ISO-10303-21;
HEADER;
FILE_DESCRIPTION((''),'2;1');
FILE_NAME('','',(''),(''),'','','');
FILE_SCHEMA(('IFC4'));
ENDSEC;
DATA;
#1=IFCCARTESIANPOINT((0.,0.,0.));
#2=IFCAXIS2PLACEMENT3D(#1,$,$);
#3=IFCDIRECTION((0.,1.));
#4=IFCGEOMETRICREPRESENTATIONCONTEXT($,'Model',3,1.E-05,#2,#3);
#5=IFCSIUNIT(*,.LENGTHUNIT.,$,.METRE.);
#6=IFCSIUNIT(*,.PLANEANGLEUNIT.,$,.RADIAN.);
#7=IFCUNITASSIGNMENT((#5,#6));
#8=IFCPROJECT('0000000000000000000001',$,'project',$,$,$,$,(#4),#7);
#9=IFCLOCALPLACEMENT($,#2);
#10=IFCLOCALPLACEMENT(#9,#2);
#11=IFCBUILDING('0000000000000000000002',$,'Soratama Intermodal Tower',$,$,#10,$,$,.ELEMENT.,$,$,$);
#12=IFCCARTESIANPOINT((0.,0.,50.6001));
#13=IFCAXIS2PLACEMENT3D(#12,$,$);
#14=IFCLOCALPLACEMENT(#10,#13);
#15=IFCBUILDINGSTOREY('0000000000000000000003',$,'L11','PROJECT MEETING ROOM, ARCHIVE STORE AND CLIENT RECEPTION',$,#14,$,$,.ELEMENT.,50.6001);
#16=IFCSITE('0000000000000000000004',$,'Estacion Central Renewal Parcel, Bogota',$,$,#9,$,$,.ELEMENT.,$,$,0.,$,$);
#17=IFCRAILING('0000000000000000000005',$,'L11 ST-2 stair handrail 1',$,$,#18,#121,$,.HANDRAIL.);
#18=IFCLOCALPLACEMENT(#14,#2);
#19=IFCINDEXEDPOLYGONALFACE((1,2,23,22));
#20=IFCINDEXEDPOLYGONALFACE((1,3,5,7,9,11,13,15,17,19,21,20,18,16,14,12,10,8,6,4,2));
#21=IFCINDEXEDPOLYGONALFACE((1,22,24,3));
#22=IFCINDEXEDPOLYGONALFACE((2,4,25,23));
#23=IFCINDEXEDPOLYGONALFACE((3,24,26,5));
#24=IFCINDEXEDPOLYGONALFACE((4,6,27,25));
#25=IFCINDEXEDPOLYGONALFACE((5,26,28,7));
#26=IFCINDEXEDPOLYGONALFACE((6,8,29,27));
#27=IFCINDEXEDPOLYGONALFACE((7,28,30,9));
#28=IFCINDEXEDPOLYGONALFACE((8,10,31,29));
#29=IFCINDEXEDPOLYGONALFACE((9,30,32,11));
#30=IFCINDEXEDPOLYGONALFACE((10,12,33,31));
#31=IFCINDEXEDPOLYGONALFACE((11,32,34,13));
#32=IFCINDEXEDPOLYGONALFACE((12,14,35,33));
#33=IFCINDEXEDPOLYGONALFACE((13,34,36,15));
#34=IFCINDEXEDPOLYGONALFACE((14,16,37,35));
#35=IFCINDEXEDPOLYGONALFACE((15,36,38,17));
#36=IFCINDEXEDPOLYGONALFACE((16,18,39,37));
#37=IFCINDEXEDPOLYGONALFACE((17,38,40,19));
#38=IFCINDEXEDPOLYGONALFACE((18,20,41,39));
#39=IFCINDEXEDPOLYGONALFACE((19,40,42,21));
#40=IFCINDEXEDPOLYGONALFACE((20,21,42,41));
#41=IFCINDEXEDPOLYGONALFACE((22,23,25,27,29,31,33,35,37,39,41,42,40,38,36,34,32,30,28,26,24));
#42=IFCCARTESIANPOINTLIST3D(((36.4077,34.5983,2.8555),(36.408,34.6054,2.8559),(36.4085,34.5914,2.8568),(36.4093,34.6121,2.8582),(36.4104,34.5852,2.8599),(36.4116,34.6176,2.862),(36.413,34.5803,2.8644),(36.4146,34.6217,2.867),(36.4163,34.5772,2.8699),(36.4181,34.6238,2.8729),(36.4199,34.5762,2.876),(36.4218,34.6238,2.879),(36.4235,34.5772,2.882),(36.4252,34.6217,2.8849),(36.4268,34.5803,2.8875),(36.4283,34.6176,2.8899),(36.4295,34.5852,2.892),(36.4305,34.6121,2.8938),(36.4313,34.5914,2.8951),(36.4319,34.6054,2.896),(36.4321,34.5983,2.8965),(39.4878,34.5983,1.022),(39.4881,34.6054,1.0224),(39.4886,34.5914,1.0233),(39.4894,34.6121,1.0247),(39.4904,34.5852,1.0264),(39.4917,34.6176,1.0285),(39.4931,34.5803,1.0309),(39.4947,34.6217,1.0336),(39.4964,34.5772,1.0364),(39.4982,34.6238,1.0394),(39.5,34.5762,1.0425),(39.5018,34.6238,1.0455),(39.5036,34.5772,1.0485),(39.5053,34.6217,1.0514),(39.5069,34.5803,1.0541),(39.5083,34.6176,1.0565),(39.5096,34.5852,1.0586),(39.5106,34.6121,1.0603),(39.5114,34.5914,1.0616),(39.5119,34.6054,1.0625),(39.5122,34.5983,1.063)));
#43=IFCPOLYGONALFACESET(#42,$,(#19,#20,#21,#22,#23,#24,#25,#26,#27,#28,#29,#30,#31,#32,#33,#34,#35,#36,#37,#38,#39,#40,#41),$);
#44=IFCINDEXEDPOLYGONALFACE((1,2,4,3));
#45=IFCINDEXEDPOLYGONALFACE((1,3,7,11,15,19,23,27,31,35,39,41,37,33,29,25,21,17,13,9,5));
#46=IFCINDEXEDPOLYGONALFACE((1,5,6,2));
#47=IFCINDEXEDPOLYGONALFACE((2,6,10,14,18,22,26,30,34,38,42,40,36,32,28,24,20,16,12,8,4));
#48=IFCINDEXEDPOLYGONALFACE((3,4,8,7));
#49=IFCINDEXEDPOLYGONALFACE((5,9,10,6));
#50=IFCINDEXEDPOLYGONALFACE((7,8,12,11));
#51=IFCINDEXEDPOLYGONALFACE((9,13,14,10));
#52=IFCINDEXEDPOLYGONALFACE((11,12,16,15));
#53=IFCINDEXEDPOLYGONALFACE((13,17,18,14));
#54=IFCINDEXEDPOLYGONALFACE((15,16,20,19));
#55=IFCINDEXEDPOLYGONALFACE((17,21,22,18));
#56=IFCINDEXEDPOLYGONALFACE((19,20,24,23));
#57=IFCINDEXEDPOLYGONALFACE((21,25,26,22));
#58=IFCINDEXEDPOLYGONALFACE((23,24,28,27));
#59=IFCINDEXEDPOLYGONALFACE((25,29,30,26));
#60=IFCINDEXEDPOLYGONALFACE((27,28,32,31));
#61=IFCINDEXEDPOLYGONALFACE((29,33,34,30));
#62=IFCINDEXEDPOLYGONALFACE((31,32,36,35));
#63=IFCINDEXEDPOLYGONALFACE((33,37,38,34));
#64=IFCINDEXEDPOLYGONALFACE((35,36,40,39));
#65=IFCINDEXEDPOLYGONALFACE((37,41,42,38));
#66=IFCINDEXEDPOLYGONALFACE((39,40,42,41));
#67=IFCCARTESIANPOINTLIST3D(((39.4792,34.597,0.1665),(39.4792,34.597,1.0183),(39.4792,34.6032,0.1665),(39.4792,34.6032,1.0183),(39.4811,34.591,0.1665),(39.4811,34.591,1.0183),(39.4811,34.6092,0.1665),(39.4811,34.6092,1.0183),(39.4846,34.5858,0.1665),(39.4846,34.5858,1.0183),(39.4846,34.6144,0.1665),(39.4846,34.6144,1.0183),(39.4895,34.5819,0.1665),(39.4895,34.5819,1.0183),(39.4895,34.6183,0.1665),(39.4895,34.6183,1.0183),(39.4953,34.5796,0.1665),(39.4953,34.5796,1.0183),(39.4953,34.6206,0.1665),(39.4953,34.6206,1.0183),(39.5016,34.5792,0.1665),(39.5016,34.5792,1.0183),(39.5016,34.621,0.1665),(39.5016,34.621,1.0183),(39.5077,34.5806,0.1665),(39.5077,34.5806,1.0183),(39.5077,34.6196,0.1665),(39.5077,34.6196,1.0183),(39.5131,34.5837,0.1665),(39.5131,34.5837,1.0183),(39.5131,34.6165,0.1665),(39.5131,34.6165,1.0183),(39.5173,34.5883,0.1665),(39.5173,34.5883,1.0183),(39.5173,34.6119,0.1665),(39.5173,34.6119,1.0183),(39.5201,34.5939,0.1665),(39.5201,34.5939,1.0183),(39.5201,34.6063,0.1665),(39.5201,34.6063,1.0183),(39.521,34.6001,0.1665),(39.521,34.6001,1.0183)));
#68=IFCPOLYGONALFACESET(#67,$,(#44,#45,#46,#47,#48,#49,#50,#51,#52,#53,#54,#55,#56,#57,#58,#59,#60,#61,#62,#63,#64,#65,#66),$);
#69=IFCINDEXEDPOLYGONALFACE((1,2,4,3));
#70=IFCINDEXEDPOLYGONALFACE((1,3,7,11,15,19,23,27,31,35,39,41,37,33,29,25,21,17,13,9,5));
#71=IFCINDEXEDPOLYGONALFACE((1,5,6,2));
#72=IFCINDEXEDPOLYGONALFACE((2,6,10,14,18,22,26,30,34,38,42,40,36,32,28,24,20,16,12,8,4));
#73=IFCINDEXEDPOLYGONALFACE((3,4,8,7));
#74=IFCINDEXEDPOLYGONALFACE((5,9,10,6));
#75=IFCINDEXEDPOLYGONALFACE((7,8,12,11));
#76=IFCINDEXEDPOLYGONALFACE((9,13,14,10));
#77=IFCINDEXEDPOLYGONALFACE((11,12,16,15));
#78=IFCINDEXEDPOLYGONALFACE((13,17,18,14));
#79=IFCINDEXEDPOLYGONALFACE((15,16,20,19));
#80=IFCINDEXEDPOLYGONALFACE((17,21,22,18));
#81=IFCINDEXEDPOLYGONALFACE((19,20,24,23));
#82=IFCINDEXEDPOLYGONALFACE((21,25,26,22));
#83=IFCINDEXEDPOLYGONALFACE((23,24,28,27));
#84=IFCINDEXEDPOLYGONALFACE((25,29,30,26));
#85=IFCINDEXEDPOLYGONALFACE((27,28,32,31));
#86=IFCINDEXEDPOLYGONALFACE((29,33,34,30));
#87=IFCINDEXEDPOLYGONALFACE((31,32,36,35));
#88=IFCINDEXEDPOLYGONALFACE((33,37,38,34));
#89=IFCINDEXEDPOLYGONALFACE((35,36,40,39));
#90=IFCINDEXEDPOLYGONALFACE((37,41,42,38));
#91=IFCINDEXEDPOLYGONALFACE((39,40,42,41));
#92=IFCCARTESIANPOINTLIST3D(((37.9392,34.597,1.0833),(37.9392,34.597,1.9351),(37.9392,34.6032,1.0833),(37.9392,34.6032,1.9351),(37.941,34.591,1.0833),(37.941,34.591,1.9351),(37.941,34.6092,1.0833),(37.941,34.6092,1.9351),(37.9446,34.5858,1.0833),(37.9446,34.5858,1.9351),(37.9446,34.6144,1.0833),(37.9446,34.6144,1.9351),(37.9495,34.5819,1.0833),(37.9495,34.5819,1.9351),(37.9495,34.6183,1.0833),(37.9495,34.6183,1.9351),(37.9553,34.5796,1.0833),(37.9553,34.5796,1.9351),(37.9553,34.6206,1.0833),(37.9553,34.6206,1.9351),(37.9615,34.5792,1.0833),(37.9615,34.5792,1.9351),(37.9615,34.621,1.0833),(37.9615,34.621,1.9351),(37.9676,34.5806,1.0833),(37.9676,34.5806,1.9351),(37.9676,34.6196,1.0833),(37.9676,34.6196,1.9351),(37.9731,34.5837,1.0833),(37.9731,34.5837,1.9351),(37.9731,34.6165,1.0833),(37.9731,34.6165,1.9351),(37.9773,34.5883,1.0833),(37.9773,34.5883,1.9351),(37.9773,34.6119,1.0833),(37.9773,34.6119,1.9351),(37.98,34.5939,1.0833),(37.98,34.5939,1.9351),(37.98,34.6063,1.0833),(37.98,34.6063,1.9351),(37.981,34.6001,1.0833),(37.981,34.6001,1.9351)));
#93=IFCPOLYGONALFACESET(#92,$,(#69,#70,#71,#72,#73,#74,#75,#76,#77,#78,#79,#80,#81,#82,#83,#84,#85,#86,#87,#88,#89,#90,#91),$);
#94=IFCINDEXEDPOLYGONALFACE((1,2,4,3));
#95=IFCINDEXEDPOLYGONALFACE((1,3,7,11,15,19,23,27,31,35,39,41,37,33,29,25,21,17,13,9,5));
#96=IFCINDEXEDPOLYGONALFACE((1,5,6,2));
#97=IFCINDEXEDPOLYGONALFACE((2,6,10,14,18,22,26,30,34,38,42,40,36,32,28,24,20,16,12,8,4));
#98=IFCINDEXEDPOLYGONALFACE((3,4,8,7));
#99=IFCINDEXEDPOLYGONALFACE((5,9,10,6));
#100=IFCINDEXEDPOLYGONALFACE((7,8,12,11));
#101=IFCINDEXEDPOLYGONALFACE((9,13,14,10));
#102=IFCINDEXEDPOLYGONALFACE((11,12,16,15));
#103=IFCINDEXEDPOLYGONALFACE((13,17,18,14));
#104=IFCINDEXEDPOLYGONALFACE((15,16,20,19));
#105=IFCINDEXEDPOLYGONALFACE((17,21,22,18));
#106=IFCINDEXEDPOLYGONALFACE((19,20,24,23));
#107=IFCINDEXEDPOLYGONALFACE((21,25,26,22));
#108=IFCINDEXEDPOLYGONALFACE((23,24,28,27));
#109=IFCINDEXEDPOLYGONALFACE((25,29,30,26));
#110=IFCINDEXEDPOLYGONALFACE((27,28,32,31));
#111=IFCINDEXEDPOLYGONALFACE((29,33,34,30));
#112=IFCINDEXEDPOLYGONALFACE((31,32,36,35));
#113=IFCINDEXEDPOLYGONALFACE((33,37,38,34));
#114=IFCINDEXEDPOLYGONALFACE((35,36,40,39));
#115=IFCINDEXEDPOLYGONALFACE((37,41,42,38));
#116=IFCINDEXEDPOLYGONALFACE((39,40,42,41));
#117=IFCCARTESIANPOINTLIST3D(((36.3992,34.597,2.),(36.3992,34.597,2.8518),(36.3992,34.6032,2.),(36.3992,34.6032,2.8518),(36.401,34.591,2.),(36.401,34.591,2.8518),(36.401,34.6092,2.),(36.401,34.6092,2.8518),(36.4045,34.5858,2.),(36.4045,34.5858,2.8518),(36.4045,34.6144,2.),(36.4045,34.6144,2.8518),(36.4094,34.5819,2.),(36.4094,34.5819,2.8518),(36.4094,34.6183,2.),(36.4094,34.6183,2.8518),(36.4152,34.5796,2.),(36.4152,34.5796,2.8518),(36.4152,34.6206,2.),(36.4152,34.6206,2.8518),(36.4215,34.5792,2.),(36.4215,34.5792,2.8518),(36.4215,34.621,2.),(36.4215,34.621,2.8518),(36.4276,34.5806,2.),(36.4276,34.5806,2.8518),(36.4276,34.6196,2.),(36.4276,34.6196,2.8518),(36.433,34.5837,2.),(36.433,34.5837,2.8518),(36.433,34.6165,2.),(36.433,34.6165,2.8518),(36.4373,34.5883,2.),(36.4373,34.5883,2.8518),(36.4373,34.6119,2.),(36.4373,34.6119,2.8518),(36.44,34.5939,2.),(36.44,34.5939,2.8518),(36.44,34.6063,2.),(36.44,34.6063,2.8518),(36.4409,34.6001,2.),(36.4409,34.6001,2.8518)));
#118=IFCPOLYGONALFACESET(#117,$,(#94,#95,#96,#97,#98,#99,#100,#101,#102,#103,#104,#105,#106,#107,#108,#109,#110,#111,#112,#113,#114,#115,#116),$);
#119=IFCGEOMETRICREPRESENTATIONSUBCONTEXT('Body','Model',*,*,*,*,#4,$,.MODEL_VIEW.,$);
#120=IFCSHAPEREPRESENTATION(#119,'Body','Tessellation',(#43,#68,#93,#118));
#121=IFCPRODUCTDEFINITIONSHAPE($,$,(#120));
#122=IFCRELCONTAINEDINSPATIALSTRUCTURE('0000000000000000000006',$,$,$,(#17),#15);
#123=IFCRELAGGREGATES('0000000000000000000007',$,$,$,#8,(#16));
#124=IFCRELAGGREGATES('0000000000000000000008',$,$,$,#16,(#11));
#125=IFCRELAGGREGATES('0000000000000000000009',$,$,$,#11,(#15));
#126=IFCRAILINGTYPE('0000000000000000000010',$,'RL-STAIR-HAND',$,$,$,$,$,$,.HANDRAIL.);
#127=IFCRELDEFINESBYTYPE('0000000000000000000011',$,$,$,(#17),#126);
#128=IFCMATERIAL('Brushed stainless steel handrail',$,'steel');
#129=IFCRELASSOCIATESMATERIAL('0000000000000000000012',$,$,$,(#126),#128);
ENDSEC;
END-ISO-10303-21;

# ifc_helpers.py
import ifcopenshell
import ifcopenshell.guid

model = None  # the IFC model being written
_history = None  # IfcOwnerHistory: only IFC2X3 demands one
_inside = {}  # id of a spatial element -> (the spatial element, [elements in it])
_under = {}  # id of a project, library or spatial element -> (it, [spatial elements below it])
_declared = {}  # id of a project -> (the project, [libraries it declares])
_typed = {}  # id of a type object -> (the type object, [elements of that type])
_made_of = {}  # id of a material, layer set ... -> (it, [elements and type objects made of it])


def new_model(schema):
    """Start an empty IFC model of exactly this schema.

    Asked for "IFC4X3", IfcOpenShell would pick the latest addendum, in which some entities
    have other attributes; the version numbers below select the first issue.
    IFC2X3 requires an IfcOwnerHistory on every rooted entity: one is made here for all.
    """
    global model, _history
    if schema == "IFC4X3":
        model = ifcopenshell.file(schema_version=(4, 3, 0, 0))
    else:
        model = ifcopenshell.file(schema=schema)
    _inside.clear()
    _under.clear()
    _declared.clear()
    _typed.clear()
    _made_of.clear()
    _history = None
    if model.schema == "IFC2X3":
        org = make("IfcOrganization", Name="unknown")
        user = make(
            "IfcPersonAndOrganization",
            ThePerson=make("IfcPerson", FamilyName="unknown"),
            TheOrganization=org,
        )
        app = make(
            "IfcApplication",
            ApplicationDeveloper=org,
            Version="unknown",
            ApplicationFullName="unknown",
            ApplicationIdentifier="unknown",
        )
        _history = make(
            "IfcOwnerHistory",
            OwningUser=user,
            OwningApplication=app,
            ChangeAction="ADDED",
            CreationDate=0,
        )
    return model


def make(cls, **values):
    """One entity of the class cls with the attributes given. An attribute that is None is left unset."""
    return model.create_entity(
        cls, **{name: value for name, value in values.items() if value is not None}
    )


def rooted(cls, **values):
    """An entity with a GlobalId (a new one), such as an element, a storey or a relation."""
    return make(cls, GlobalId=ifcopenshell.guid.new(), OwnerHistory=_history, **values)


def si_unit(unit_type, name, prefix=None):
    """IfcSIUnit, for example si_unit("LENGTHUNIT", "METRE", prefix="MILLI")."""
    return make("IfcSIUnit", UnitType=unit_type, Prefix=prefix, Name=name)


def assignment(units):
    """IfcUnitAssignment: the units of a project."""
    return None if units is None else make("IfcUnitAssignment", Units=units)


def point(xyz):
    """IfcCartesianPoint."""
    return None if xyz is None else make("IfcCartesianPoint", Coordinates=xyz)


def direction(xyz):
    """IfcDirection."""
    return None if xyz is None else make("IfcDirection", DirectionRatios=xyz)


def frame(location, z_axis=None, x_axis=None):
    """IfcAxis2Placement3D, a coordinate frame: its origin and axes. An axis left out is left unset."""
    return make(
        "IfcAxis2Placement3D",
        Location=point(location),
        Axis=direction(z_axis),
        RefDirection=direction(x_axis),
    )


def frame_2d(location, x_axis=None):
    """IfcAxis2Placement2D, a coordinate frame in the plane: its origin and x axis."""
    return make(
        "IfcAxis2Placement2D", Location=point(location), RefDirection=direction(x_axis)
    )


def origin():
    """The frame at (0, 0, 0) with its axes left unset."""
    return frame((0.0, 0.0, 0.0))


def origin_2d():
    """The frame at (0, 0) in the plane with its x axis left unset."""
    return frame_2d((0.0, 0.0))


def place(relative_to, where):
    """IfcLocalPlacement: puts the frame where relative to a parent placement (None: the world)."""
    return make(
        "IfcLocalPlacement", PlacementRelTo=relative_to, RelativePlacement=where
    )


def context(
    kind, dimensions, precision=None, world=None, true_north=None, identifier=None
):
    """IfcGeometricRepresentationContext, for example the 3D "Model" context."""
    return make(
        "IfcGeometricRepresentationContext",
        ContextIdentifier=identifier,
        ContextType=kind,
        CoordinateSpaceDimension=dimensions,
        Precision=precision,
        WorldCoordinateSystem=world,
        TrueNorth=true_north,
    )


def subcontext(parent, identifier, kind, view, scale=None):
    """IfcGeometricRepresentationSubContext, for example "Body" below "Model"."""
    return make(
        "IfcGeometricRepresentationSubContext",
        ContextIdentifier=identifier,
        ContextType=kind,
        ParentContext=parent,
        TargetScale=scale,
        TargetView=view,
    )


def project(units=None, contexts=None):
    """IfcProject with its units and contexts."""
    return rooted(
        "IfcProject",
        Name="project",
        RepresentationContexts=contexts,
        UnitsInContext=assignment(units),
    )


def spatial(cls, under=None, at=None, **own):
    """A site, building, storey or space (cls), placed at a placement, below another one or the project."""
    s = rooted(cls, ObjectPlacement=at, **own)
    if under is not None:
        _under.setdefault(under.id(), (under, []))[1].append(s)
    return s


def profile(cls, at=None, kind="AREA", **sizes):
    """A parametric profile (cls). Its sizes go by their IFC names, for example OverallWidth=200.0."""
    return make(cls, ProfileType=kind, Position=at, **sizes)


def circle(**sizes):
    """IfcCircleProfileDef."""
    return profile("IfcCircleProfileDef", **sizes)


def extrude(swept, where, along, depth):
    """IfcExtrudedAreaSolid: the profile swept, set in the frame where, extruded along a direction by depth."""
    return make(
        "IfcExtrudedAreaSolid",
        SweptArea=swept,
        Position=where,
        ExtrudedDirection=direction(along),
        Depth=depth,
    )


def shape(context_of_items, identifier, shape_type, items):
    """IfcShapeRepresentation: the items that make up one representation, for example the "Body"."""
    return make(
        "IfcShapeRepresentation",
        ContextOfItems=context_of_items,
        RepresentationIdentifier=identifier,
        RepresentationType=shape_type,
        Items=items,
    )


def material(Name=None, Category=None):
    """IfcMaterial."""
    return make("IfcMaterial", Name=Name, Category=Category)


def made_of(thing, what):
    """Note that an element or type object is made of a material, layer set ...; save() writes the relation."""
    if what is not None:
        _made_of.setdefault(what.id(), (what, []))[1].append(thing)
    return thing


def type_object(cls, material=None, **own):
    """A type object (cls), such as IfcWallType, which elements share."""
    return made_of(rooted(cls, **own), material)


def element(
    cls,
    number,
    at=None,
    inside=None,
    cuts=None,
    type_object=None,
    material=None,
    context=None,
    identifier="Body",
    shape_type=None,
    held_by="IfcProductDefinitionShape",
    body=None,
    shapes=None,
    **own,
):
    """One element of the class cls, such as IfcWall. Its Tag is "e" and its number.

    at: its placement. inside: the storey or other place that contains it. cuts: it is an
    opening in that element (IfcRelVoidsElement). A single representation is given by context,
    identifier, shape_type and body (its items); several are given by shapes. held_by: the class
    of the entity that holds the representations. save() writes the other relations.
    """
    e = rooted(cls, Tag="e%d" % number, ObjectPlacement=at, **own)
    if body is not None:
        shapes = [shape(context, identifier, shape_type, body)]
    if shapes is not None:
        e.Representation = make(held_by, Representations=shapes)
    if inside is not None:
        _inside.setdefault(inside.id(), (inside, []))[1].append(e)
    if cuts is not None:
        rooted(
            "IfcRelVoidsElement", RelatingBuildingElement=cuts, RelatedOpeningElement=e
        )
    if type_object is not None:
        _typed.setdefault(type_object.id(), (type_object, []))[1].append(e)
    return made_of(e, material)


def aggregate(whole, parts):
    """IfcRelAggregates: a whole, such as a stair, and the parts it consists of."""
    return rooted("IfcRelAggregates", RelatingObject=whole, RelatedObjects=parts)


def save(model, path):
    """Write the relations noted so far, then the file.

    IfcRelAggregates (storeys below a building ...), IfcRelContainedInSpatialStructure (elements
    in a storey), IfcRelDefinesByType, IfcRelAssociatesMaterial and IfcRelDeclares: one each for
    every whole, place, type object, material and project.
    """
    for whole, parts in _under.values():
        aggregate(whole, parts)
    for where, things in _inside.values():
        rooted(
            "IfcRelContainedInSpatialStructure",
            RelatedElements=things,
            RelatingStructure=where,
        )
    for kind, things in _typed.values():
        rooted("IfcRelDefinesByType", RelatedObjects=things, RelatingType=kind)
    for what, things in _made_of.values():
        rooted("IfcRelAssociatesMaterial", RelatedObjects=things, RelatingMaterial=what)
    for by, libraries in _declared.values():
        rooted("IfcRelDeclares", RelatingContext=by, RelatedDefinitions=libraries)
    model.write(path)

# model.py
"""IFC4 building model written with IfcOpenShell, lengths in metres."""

from ifc_helpers import new_model, si_unit, direction, frame, origin, origin_2d, place, context, subcontext, project, spatial, circle, extrude, material, type_object, element, save


model = new_model("IFC4")

# Units and contexts
model_context = context("Model", 3, precision=1e-05, world=origin(), true_north=direction((0.0, 1.0)))
body_context = subcontext(model_context, "Body", "Model", "MODEL_VIEW")
ifc_project = project(units=[si_unit("LENGTHUNIT", "METRE"), si_unit("PLANEANGLEUNIT", "RADIAN")], contexts=[model_context])

# Site, building, storey
site_placement = place(None, origin())
site = spatial("IfcSite", under=ifc_project, at=site_placement, Name="Estacion Central Renewal Parcel, Bogota", CompositionType="ELEMENT", RefElevation=0.0)
building_placement = place(site_placement, origin())
building = spatial("IfcBuilding", under=site, at=building_placement, Name="Soratama Intermodal Tower", CompositionType="ELEMENT")
storey_placement = place(building_placement, frame((0.0, 0.0, 50.6001)))
storey = spatial("IfcBuildingStorey", under=building, at=storey_placement, Name="L11", Description="PROJECT MEETING ROOM, ARCHIVE STORE AND CLIENT RECEPTION", CompositionType="ELEMENT", Elevation=50.6001)

# Railing
ifc_material_1 = material(Name="Brushed stainless steel handrail", Category="steel")
railing_type_1 = type_object("IfcRailingType", Name="RL-STAIR-HAND", PredefinedType="HANDRAIL", material=ifc_material_1)
railing_1_placement = place(storey_placement, frame((39.5, 34.6001, 0.1665)))
element("IfcRailing", 1, at=railing_1_placement, inside=storey, type_object=railing_type_1, Name="L11 ST-2 stair handrail 1", PredefinedType="HANDRAIL", context=body_context, shape_type="SweptSolid", body=[
    extrude(circle(Radius=0.0239, at=origin_2d()), frame((0.0, 0.0, 0.876), z_axis=(-0.859279, 0.0, 0.511508), x_axis=(0.0, -1.0, 0.0)), (0.0, 0.0, 1.0), 3.5845),
    extrude(circle(Radius=0.021, at=origin_2d()), origin(), (0.0, 0.0, 1.0), 0.8518),
    extrude(circle(Radius=0.021, at=origin_2d()), frame((-1.54, 0.0, 0.9167)), (0.0, 0.0, 1.0), 0.8518),
    extrude(circle(Radius=0.021, at=origin_2d()), frame((-3.0801, 0.0, 1.8335)), (0.0, 0.0, 1.0), 0.8518),
])

save(model, "model.ifc")
